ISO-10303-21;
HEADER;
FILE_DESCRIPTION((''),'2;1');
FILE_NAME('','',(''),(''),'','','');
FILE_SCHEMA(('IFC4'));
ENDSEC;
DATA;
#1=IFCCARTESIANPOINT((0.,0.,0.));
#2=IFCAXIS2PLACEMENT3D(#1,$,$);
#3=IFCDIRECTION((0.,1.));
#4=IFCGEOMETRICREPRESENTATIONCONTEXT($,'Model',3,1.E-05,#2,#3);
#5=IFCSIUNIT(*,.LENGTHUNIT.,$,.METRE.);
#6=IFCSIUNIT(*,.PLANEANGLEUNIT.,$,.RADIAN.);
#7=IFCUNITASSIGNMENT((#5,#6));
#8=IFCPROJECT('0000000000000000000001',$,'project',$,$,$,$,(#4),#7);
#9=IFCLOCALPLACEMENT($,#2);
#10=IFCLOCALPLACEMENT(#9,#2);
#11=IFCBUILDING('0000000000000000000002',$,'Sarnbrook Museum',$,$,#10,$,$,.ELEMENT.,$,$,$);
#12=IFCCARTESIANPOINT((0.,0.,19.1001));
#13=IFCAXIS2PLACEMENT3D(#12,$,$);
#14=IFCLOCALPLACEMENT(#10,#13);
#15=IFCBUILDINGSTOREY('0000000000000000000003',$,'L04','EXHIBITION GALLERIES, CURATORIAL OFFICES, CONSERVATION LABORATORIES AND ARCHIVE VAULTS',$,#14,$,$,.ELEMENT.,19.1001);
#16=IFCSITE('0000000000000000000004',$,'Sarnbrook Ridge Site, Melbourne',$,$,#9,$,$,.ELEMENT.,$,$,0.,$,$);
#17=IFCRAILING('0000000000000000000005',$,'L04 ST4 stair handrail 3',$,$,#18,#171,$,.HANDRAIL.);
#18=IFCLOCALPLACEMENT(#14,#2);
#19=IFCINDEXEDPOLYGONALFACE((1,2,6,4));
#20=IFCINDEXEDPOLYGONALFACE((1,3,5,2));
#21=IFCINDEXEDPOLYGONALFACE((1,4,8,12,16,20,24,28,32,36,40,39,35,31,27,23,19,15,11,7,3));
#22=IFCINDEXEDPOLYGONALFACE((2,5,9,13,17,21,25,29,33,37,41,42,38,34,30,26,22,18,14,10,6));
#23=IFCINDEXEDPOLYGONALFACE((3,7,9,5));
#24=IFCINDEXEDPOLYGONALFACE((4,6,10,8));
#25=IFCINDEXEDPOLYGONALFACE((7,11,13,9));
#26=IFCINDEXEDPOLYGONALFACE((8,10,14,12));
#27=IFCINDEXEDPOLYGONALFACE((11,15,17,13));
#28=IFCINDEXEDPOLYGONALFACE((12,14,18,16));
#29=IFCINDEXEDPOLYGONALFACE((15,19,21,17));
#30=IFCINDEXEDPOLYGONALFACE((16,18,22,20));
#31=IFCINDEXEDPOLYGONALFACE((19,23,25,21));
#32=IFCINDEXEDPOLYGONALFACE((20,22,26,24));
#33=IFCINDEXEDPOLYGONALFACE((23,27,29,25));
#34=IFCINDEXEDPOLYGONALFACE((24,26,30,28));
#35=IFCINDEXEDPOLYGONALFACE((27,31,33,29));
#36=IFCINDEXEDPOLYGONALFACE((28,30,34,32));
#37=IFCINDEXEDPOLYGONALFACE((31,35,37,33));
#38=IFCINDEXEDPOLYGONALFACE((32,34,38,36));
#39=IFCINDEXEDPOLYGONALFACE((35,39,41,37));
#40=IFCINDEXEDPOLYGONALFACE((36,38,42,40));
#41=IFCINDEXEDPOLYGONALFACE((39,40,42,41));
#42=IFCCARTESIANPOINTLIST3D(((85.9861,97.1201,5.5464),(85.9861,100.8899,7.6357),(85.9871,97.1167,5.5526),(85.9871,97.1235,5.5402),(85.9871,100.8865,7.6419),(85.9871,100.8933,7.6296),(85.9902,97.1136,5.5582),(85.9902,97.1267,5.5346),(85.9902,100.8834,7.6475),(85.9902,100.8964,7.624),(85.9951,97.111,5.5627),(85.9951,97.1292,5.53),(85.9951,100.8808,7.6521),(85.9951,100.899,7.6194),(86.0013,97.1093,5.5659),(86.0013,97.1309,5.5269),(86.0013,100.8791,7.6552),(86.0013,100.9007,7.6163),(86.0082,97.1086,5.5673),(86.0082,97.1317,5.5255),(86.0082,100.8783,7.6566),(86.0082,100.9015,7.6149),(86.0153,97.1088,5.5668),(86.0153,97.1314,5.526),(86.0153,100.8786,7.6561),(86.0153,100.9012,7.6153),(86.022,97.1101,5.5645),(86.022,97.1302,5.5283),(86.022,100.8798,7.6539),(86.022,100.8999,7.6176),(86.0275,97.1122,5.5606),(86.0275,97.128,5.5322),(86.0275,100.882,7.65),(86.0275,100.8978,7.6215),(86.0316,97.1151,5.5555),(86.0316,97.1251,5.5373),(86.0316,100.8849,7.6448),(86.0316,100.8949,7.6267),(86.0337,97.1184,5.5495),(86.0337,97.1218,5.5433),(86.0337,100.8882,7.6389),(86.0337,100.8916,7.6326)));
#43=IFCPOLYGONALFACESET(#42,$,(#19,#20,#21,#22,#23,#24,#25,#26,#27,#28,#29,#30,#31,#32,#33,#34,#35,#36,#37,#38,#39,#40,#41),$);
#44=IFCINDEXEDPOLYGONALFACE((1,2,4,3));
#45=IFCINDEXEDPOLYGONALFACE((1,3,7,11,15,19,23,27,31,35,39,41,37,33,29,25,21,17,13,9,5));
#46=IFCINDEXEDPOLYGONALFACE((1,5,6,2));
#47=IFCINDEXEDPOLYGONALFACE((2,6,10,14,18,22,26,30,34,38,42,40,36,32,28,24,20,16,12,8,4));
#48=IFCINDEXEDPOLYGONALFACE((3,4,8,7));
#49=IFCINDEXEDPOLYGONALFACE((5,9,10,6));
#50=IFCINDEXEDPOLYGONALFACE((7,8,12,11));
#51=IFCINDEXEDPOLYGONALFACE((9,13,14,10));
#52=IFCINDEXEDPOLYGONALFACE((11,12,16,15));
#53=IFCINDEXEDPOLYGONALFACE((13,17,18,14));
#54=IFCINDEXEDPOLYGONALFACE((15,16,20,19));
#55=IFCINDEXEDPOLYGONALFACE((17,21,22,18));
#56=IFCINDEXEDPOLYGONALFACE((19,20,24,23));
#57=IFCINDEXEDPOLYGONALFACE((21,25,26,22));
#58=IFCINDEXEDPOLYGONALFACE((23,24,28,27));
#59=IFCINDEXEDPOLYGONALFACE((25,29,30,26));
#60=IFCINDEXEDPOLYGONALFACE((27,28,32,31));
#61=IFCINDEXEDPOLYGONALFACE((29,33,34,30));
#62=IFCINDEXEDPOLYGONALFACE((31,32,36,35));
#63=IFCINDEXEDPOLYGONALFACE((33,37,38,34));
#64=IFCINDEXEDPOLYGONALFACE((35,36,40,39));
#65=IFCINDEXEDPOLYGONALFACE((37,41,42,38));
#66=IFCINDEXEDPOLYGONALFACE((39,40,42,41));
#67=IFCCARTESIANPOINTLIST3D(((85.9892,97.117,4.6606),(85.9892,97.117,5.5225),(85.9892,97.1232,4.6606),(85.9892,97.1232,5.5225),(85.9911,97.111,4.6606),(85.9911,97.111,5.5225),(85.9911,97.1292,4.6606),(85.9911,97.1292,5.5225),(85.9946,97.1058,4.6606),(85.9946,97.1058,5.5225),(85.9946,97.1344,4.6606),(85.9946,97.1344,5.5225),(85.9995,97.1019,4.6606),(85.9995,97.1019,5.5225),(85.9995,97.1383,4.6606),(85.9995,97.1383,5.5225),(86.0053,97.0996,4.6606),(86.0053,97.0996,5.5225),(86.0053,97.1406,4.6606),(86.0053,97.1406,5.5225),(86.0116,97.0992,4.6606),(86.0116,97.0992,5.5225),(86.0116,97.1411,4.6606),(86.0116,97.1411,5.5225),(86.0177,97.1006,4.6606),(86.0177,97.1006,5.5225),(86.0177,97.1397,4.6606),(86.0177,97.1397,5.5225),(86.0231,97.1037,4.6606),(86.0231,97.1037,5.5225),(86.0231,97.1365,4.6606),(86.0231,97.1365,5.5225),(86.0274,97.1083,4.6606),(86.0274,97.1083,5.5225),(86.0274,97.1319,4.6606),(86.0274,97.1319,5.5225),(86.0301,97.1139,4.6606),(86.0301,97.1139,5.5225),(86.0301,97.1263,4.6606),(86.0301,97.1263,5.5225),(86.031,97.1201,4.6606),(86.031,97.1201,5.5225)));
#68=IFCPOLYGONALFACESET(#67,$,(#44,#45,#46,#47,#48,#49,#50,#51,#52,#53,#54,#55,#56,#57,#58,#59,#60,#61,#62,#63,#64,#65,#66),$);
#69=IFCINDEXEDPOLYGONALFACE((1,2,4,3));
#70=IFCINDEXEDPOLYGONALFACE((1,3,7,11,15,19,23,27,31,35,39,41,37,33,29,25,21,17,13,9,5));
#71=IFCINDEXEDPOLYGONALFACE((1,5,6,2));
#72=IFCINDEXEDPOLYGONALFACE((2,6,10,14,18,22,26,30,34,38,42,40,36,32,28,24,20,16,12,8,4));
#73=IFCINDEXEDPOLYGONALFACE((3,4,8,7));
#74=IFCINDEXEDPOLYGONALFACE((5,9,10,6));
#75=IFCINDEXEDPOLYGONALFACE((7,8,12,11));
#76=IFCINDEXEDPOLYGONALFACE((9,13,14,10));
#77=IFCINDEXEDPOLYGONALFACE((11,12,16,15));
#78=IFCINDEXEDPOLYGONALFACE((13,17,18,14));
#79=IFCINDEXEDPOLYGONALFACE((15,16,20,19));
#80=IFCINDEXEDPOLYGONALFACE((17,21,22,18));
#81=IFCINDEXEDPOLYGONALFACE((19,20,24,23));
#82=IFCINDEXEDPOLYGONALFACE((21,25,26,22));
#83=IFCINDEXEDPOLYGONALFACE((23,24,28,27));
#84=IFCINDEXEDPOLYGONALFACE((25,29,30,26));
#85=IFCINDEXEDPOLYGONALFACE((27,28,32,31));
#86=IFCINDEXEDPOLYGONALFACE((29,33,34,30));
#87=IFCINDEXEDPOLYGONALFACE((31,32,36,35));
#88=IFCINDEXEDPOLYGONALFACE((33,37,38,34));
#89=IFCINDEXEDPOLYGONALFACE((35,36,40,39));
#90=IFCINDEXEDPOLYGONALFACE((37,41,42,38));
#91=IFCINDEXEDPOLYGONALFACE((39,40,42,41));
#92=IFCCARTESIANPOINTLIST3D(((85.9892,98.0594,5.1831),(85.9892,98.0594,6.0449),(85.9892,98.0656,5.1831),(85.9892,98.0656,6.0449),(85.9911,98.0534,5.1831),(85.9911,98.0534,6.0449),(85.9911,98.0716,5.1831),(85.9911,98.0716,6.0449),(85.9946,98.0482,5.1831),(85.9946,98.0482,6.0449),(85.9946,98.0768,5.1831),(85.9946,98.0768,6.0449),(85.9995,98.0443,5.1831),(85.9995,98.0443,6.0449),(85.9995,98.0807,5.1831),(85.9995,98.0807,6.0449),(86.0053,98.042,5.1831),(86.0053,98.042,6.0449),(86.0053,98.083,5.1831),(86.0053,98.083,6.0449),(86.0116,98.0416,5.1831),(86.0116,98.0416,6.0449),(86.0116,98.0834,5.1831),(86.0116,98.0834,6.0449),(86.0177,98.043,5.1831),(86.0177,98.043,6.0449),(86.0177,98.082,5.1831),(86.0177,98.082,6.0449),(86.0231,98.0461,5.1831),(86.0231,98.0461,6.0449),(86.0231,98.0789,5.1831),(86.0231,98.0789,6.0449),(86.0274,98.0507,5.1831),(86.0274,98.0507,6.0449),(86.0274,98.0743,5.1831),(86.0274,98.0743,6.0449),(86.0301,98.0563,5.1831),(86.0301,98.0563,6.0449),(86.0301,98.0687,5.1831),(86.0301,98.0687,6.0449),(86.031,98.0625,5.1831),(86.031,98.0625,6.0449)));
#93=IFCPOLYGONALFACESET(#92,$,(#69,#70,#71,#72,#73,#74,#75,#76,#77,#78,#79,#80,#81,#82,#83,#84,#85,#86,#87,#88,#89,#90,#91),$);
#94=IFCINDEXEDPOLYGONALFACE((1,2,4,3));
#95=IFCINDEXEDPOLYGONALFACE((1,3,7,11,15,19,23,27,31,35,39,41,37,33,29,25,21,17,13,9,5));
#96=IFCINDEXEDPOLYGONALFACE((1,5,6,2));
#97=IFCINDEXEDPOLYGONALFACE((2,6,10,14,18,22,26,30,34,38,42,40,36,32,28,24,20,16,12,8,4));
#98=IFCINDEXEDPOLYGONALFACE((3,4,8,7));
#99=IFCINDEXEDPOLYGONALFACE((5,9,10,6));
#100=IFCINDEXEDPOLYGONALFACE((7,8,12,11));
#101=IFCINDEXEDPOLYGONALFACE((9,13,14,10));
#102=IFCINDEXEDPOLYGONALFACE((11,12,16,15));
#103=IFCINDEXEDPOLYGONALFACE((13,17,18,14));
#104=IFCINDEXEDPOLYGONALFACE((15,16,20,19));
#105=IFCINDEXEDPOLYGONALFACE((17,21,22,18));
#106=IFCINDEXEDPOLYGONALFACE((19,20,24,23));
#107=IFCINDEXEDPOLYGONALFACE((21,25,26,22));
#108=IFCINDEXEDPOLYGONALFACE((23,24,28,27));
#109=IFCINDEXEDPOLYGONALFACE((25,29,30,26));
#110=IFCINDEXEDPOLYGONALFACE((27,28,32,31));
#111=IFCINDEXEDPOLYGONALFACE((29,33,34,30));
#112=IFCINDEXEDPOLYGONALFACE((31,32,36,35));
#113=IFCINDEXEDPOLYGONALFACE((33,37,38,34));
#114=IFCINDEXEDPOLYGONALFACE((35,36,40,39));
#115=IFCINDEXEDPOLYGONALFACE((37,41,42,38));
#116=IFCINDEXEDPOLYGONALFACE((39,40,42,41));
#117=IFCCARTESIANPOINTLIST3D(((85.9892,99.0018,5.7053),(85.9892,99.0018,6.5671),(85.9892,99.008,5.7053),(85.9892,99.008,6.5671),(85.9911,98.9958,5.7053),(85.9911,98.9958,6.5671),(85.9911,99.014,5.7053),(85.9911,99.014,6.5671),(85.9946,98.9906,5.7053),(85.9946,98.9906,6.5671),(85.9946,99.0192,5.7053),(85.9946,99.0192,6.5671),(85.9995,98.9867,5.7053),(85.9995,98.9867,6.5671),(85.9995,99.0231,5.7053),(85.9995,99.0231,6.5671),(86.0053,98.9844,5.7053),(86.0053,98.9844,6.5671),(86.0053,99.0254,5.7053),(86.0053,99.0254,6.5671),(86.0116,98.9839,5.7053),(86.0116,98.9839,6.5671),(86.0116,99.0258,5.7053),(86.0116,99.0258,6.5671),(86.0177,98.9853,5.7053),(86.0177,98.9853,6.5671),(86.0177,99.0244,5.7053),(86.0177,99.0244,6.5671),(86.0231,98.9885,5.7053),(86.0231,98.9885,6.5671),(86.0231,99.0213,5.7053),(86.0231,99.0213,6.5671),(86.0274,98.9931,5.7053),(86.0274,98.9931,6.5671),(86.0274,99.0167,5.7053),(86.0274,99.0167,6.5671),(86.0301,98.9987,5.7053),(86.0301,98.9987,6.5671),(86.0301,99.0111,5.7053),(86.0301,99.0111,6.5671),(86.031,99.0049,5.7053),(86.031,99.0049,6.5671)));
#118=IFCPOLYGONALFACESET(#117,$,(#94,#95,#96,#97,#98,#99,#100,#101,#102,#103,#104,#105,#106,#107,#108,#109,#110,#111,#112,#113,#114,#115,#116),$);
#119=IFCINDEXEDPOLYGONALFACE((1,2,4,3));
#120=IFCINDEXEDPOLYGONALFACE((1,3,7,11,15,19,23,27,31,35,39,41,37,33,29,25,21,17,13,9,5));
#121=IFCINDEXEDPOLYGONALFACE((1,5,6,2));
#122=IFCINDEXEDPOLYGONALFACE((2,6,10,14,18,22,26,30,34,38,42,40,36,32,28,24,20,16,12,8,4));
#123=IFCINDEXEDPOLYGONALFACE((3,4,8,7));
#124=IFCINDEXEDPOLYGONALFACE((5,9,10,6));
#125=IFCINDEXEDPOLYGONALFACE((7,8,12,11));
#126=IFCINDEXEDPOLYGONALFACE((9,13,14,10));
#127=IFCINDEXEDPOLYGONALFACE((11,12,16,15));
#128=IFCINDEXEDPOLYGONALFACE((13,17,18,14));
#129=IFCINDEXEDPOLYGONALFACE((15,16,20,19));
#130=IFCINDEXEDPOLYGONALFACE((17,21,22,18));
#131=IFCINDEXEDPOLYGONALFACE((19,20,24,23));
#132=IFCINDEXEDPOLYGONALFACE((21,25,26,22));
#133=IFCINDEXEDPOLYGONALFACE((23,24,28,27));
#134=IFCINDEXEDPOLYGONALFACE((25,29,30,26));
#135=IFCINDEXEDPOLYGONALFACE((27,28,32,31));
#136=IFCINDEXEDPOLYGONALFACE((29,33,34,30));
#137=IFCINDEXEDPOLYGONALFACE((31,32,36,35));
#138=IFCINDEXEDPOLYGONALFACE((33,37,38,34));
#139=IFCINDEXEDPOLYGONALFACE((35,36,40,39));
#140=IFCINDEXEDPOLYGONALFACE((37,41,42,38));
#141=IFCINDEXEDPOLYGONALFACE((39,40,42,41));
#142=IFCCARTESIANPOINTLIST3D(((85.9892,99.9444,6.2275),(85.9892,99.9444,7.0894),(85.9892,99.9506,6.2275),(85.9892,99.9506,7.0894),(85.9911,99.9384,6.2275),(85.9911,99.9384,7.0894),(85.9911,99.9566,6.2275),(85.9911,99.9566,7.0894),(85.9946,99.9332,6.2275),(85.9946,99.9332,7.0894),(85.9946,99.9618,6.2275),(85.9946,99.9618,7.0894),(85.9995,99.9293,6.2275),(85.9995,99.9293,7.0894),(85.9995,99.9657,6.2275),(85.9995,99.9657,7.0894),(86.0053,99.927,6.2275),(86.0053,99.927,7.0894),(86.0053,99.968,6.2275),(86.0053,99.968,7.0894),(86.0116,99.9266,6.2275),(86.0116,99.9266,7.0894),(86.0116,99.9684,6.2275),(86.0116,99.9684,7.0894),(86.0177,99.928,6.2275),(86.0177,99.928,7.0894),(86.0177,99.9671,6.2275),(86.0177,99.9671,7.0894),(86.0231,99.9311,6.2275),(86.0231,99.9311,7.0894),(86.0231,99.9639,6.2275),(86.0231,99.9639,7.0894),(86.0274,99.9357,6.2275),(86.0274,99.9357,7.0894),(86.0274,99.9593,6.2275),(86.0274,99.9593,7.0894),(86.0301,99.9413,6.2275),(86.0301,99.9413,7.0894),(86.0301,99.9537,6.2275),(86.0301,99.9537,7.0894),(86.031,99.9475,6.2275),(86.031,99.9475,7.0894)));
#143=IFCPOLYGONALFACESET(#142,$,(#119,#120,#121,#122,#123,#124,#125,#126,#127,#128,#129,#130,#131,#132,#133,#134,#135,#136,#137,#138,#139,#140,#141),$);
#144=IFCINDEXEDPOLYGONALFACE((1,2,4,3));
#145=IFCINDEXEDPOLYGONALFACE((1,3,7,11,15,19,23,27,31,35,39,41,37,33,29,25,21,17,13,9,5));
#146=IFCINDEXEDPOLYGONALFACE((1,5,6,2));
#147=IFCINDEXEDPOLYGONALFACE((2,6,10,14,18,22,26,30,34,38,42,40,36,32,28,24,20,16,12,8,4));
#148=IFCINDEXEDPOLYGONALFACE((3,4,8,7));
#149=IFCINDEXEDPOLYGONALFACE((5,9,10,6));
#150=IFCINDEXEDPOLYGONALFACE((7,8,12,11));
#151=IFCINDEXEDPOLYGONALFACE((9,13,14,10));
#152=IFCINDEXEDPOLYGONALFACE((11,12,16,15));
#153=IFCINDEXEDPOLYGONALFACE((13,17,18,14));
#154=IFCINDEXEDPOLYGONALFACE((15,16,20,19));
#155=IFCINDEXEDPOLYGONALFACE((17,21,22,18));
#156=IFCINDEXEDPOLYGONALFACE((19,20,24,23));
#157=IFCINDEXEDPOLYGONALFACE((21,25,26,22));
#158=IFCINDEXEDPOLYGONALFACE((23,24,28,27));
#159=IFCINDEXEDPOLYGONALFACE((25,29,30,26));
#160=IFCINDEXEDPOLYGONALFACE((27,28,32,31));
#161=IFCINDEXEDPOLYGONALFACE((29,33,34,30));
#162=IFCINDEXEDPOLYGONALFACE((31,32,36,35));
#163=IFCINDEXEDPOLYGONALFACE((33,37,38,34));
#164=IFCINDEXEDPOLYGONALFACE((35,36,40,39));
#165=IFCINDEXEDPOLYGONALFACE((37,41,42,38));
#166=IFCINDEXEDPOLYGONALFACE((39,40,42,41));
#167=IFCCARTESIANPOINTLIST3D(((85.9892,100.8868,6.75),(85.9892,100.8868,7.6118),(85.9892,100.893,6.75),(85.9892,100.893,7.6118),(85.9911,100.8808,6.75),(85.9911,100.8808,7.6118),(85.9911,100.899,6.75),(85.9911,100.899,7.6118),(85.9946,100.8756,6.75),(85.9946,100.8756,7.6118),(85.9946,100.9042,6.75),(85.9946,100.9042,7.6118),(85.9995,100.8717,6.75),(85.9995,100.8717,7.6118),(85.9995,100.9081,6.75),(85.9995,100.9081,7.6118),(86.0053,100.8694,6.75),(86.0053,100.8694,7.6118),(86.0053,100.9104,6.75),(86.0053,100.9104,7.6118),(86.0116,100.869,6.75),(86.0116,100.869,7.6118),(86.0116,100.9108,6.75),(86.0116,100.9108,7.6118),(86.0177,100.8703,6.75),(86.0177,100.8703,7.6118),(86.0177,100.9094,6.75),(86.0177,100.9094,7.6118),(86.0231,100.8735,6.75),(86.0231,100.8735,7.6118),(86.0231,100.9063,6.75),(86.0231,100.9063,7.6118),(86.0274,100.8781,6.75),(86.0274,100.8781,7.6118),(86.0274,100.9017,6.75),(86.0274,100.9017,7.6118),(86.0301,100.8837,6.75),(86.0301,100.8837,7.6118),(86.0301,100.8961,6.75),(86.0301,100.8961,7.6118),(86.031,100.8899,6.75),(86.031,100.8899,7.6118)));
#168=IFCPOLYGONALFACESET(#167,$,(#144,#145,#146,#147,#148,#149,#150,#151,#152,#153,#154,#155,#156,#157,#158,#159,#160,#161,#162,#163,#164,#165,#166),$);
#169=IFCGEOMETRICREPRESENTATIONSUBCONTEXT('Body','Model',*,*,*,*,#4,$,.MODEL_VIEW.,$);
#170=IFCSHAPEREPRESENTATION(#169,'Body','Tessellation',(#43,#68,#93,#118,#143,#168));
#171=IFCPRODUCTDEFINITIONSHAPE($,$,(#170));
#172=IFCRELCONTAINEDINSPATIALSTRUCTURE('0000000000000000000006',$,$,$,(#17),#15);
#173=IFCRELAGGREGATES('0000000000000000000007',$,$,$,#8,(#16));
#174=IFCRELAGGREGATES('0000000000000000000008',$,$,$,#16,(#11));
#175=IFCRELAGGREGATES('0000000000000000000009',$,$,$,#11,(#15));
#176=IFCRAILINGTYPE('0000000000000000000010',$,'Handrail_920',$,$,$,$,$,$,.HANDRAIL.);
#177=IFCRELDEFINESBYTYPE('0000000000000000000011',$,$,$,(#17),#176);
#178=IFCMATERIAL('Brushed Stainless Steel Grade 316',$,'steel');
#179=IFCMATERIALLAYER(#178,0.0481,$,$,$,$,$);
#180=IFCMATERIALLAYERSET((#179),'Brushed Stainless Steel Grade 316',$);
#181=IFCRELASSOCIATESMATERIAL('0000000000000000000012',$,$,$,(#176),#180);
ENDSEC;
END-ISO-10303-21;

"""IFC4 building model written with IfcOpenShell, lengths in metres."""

from ifc_helpers import new_model, si_unit, direction, frame, origin, origin_2d, place, context, subcontext, project, spatial, circle, extrude, material, layer, layer_set, type_object, element, save


model = new_model("IFC4")

# Units and contexts
model_context = context("Model", 3, precision=1e-05, world=origin(), true_north=direction((0.0, 1.0)))
body_context = subcontext(model_context, "Body", "Model", "MODEL_VIEW")
ifc_project = project(units=[si_unit("LENGTHUNIT", "METRE"), si_unit("PLANEANGLEUNIT", "RADIAN")], contexts=[model_context])

# Site, building, storey
site_placement = place(None, origin())
site = spatial("IfcSite", under=ifc_project, at=site_placement, Name="Sarnbrook Ridge Site, Melbourne", CompositionType="ELEMENT", RefElevation=0.0)
building_placement = place(site_placement, origin())
building = spatial("IfcBuilding", under=site, at=building_placement, Name="Sarnbrook Museum", CompositionType="ELEMENT")
storey_placement = place(building_placement, frame((0.0, 0.0, 19.1001)))
storey = spatial("IfcBuildingStorey", under=building, at=storey_placement, Name="L04", Description="EXHIBITION GALLERIES, CURATORIAL OFFICES, CONSERVATION LABORATORIES AND ARCHIVE VAULTS", CompositionType="ELEMENT", Elevation=19.1001)

# Shared definitions
ifc_material_1 = material(Name="Brushed Stainless Steel Grade 316", Category="steel")

# Railing
ifc_layer_1 = layer(ifc_material_1, 0.0481)
ifc_layer_set_1 = layer_set([ifc_layer_1], Name="Brushed Stainless Steel Grade 316")
railing_type_1 = type_object("IfcRailingType", Name="Handrail_920", PredefinedType="HANDRAIL", material=ifc_layer_set_1)
railing_1_placement = place(storey_placement, frame((86.01, 97.1201, 4.6606)))
element("IfcRailing", 1, at=railing_1_placement, inside=storey, type_object=railing_type_1, Name="L04 ST4 stair handrail 3", PredefinedType="HANDRAIL", context=body_context, shape_type="SweptSolid", body=[
    extrude(circle(Radius=0.0239, at=origin_2d()), frame((0.0, 0.0, 0.8857), z_axis=(0.0, 0.874646, 0.484763), x_axis=(-1.0, 0.0, 0.0)), (0.0, 0.0, 1.0), 4.3101),
    extrude(circle(Radius=0.021, at=origin_2d()), origin(), (0.0, 0.0, 1.0), 0.8618),
    extrude(circle(Radius=0.021, at=origin_2d()), frame((0.0, 0.9424, 0.5225)), (0.0, 0.0, 1.0), 0.8618),
    extrude(circle(Radius=0.021, at=origin_2d()), frame((0.0, 1.8848, 1.0447)), (0.0, 0.0, 1.0), 0.8618),
    extrude(circle(Radius=0.021, at=origin_2d()), frame((0.0, 2.8274, 1.5669)), (0.0, 0.0, 1.0), 0.8618),
    extrude(circle(Radius=0.021, at=origin_2d()), frame((0.0, 3.7698, 2.0894)), (0.0, 0.0, 1.0), 0.8618),
])

save(model, "model.ifc")
